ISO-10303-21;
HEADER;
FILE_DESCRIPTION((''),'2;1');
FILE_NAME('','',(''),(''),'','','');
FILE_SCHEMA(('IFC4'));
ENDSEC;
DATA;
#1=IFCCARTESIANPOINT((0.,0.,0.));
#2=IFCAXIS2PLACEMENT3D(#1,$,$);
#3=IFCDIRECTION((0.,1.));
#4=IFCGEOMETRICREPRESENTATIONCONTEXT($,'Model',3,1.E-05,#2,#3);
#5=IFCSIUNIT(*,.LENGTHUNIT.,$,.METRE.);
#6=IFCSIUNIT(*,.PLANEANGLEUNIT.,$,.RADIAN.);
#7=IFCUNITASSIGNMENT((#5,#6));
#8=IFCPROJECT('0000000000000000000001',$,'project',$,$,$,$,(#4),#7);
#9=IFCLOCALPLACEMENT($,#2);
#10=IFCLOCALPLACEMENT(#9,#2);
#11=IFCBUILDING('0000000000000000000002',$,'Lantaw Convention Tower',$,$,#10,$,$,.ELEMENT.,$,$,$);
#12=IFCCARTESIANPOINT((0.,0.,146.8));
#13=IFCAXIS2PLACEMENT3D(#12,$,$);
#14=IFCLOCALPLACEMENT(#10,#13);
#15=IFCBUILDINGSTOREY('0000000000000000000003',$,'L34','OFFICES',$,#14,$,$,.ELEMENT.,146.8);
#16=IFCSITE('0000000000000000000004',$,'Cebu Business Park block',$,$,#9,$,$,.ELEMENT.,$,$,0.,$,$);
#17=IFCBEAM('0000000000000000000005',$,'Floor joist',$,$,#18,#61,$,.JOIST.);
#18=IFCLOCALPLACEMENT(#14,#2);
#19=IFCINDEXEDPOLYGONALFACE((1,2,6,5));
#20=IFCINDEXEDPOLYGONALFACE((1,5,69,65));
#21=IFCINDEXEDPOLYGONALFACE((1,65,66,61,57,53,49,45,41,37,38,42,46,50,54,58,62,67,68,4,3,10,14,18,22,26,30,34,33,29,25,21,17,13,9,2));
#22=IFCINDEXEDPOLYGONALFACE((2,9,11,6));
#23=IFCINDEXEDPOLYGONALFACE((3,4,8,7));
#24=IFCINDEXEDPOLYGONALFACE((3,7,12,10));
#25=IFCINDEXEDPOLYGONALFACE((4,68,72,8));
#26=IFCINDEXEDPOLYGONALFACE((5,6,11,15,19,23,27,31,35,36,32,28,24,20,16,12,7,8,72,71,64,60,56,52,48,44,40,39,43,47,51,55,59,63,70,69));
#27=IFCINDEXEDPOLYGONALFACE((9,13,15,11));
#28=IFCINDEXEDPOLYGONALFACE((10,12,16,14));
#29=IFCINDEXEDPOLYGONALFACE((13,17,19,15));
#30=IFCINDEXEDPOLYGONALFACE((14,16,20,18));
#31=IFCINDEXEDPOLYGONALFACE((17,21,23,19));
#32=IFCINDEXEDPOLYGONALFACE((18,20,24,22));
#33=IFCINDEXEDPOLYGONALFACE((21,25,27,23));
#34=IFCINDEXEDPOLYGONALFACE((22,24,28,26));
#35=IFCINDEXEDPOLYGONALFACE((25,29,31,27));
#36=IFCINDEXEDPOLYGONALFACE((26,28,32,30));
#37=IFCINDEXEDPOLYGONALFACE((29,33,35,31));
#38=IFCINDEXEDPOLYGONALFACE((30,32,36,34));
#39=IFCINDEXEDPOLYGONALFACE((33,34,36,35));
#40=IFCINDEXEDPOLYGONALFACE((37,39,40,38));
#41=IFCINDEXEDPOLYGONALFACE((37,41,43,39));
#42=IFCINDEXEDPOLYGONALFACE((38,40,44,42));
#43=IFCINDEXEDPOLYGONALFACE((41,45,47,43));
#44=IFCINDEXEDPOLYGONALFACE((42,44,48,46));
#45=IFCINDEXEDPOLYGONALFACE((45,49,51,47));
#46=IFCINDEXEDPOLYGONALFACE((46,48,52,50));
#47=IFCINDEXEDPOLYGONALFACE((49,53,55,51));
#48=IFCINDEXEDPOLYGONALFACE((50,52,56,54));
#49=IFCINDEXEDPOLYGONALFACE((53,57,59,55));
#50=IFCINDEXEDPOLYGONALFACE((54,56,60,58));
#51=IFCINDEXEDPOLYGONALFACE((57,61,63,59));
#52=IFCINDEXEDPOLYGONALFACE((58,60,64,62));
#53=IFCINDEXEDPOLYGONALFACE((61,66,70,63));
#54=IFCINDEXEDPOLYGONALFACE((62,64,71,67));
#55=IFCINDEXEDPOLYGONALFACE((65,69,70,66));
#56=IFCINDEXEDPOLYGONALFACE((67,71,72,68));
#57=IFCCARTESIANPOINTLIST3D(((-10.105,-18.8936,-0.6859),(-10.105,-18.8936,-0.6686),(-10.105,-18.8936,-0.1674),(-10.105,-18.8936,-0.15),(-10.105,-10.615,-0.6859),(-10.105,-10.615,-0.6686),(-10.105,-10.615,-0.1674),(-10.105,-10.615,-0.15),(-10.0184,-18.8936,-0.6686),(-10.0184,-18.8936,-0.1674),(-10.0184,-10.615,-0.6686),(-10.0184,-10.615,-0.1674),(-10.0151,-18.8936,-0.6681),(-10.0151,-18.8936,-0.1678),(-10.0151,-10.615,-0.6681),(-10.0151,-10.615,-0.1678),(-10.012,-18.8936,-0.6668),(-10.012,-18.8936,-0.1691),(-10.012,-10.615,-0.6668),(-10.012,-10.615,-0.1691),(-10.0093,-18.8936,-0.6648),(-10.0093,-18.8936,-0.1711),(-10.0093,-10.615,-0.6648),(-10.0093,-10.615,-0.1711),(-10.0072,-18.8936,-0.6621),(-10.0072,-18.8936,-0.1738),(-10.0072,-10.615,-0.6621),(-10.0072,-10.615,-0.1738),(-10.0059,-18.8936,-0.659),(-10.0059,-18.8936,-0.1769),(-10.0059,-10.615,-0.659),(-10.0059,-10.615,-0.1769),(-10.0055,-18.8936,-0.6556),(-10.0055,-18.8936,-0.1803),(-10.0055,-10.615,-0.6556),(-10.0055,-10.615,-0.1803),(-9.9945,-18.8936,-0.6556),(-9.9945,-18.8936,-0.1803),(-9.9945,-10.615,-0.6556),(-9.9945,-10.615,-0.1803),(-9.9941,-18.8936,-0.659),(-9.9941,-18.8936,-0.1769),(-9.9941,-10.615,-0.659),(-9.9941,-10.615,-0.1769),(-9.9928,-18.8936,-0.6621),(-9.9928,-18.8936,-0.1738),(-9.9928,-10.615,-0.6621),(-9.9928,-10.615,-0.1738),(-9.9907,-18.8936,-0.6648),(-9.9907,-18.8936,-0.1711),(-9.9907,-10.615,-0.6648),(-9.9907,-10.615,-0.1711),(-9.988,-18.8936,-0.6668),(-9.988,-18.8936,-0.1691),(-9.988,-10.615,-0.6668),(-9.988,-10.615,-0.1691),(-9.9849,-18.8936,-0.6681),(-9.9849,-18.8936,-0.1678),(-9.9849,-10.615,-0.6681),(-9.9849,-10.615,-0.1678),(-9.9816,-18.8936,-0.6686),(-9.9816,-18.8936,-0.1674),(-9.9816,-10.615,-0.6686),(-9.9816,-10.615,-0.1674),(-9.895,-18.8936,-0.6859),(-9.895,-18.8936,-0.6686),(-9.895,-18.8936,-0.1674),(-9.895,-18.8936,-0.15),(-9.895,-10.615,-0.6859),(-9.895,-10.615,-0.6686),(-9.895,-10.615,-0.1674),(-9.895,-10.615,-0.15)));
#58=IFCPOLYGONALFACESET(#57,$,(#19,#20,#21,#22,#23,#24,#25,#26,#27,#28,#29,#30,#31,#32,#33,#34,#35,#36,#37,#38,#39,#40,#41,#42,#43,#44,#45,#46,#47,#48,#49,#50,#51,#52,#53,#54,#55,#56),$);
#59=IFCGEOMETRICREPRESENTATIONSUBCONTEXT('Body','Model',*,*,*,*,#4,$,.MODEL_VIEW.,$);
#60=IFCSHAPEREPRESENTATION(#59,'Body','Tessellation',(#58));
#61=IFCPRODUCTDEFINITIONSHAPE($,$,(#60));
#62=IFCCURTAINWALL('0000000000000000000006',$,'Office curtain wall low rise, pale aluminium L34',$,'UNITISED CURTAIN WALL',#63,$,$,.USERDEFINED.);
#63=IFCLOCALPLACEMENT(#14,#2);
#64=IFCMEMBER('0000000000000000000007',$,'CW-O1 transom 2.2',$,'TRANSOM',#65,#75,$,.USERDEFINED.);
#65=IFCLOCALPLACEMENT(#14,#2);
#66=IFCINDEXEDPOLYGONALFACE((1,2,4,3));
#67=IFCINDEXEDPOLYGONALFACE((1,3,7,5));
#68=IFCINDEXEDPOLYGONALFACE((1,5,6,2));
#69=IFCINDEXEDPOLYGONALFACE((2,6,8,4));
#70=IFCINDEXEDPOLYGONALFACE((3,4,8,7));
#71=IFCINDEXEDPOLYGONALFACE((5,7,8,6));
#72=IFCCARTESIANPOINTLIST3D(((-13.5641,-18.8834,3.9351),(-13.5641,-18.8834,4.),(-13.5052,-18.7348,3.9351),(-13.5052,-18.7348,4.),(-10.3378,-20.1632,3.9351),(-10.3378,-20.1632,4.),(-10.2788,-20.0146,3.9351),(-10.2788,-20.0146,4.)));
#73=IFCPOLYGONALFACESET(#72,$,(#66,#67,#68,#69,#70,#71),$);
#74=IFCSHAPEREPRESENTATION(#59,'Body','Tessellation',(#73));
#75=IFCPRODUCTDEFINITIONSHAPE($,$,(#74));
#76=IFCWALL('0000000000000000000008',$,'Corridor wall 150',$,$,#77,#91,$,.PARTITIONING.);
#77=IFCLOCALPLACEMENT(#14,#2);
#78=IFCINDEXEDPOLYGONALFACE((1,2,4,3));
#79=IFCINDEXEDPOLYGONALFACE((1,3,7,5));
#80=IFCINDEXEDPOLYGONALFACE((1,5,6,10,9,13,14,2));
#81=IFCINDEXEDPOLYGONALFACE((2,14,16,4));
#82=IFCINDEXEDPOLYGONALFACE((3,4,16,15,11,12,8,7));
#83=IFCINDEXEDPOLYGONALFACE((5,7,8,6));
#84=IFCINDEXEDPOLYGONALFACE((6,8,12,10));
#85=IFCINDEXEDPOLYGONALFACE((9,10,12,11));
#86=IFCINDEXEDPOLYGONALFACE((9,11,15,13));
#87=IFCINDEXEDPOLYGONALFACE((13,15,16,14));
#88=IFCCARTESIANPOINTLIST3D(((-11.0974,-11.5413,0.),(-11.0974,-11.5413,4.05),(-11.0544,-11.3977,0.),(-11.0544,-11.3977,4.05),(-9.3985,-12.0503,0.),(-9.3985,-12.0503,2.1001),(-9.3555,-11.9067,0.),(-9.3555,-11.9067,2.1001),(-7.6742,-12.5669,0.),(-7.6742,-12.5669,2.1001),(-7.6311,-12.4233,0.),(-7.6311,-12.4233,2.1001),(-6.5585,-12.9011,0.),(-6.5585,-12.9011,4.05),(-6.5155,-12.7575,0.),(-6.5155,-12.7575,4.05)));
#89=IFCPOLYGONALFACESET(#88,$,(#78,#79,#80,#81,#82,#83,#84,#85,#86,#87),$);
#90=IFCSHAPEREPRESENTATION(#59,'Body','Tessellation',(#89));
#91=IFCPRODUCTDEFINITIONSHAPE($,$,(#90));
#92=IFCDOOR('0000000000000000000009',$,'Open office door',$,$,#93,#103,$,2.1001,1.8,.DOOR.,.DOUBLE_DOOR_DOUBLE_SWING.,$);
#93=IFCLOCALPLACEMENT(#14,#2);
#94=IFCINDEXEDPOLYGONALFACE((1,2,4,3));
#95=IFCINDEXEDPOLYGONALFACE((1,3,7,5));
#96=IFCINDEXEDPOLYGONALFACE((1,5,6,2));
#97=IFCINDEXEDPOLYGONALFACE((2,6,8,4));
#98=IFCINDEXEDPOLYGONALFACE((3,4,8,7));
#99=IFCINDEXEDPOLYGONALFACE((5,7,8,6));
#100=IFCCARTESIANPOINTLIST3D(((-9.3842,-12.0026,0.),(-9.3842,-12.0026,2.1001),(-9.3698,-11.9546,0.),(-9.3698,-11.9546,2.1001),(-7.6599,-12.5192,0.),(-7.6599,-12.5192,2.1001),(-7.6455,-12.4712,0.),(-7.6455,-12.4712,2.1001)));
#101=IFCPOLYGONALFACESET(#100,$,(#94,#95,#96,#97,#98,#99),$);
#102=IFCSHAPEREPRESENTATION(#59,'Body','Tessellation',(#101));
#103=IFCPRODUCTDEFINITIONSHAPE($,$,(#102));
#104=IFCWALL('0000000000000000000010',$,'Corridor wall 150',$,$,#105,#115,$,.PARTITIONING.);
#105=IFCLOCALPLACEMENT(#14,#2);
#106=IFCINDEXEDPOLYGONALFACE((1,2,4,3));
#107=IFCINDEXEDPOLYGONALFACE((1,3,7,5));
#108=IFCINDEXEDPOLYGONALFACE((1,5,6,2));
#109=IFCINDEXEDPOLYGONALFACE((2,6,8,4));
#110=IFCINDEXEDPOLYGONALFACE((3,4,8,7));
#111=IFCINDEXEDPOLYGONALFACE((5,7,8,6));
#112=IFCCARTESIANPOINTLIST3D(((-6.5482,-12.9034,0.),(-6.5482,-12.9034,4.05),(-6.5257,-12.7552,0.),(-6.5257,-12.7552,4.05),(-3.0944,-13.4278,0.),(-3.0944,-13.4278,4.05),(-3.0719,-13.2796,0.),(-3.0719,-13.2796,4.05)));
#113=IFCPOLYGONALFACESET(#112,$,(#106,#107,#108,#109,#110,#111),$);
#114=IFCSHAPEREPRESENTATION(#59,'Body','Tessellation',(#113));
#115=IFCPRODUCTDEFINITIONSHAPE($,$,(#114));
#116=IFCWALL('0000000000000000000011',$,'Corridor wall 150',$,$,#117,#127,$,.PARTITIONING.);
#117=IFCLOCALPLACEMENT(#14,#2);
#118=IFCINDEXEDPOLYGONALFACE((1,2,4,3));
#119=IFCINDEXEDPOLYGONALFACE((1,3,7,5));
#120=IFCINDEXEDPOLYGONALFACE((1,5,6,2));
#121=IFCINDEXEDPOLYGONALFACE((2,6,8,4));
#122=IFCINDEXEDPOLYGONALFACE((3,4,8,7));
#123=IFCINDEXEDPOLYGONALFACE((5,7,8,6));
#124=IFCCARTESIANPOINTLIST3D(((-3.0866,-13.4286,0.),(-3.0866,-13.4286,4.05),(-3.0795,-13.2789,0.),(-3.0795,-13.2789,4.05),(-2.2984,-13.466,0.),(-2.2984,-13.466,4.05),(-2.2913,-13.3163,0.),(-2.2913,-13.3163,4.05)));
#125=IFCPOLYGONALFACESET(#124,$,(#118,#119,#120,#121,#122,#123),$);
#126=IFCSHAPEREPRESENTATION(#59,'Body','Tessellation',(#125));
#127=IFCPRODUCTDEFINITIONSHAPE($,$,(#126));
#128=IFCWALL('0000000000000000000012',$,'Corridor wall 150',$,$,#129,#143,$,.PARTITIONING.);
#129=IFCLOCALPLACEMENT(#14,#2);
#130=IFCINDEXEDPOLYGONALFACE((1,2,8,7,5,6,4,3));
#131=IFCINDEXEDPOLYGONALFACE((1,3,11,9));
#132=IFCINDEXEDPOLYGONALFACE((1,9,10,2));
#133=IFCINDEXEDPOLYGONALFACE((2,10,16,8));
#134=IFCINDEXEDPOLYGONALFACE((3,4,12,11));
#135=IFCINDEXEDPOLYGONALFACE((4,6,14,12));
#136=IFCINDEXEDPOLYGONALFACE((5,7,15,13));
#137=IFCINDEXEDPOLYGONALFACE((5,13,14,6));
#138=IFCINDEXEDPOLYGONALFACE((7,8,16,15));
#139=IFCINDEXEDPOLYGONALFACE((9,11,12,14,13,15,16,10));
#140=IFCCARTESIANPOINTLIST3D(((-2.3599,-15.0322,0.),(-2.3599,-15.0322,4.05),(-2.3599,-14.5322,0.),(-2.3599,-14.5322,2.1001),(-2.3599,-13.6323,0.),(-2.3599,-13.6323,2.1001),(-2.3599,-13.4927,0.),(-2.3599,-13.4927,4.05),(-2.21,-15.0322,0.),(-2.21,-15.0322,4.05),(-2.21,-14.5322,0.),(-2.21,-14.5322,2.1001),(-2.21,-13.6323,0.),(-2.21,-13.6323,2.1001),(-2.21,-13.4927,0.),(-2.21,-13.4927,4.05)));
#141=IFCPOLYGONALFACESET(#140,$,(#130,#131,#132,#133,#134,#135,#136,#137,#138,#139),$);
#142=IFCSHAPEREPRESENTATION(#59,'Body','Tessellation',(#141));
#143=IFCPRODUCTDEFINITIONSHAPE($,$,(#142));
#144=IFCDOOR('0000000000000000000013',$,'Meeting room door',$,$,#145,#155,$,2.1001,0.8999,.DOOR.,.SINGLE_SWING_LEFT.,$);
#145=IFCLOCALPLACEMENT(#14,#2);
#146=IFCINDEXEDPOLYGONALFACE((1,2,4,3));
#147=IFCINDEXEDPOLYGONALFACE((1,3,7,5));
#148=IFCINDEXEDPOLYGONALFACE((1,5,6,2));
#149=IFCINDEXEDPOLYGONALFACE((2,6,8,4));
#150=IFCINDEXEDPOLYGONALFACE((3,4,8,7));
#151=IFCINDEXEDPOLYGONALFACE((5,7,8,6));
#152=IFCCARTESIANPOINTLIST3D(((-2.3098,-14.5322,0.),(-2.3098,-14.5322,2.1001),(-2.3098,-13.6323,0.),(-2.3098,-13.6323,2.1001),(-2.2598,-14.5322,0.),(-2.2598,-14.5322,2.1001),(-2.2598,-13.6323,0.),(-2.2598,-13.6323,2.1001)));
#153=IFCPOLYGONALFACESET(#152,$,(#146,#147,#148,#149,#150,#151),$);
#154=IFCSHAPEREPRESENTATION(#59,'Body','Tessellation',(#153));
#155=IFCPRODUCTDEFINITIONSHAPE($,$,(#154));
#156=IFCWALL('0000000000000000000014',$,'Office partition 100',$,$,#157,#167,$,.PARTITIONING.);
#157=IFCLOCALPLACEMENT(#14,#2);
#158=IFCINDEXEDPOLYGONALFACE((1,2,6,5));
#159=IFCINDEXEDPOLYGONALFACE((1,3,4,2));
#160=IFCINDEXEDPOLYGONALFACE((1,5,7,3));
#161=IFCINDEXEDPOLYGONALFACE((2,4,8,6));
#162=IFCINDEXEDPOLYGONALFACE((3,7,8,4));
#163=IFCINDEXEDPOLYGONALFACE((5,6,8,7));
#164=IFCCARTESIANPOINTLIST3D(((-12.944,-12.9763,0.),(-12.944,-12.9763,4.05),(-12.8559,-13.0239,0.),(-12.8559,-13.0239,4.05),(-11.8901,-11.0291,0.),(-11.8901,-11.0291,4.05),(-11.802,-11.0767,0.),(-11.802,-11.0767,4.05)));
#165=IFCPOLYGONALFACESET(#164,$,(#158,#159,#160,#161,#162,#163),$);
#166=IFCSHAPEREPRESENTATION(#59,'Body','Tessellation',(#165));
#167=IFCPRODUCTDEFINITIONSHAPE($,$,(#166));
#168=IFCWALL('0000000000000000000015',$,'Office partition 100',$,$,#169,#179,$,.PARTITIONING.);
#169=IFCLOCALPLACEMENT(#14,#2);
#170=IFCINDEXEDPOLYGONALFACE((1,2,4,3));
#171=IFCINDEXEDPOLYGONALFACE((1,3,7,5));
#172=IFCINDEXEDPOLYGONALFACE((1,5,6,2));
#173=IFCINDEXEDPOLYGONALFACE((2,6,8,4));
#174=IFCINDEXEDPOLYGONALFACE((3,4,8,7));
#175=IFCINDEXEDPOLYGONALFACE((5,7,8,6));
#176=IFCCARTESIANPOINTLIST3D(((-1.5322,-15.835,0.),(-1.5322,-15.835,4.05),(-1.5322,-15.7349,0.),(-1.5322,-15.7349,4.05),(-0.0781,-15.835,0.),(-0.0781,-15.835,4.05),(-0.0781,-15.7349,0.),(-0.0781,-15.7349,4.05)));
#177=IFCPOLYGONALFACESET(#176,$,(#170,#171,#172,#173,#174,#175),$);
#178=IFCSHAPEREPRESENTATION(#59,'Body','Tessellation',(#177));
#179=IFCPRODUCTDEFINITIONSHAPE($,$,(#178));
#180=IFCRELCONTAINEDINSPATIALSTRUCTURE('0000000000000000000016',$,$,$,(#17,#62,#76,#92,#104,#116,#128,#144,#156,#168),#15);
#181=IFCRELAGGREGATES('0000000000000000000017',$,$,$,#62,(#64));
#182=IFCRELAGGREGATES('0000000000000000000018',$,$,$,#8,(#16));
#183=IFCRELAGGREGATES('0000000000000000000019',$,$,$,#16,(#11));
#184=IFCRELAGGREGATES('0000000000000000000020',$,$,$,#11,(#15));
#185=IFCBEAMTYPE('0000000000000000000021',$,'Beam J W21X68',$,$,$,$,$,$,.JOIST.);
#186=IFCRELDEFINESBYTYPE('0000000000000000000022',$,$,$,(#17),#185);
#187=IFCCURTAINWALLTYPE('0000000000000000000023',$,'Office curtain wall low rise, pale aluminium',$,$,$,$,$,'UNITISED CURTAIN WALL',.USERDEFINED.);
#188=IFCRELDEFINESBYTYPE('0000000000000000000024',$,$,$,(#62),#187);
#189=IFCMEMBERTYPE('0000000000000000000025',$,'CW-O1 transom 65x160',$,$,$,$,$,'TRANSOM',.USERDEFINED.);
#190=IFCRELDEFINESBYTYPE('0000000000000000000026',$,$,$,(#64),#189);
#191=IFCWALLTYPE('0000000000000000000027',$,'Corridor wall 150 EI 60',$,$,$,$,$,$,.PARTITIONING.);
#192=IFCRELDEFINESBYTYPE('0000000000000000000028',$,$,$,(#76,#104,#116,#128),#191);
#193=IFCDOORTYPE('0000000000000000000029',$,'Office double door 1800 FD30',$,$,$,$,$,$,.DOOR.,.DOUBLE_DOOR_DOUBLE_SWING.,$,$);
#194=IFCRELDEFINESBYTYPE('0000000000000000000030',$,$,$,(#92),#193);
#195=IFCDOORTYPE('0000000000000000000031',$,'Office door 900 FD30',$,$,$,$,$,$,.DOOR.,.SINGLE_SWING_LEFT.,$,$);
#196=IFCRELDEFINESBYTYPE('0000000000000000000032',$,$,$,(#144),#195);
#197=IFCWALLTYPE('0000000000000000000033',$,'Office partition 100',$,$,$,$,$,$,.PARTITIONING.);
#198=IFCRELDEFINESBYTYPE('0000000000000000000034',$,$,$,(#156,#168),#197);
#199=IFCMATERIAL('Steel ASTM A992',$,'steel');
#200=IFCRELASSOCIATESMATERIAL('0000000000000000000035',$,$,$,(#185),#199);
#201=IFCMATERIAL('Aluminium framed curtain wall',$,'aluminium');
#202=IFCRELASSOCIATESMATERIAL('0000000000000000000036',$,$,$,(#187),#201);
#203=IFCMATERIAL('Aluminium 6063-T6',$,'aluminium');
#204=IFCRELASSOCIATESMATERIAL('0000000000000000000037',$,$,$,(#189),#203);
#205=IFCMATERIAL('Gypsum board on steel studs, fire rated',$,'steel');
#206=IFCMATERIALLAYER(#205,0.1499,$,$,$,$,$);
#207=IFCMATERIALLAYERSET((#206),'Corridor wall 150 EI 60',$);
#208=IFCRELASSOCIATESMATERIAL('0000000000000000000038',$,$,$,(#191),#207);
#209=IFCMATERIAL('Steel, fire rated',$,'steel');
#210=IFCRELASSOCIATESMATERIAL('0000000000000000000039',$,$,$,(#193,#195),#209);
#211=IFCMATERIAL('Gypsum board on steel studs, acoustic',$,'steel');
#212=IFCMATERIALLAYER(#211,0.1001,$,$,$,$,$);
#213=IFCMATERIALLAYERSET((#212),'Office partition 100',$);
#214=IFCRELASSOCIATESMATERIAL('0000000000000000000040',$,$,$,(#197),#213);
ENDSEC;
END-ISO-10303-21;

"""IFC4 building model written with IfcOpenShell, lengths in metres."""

from ifc_helpers import new_model, si_unit, direction, frame, frame_2d, origin, origin_2d, place, context, subcontext, project, spatial, rectangle, i_section, extrude, material, layer, layer_set, material_profile, profile_set, type_object, element, fill, aggregate, save


model = new_model("IFC4")

# Units and contexts
model_context = context("Model", 3, precision=1e-05, world=origin(), true_north=direction((0.0, 1.0)))
body_context = subcontext(model_context, "Body", "Model", "MODEL_VIEW")
ifc_project = project(units=[si_unit("LENGTHUNIT", "METRE"), si_unit("PLANEANGLEUNIT", "RADIAN")], contexts=[model_context])

# Site, building, storey
site_placement = place(None, origin())
site = spatial("IfcSite", under=ifc_project, at=site_placement, Name="Cebu Business Park block", CompositionType="ELEMENT", RefElevation=0.0)
building_placement = place(site_placement, origin())
building = spatial("IfcBuilding", under=site, at=building_placement, Name="Lantaw Convention Tower", CompositionType="ELEMENT")
storey_placement = place(building_placement, frame((0.0, 0.0, 146.8)))
storey = spatial("IfcBuildingStorey", under=building, at=storey_placement, Name="L34", Description="OFFICES", CompositionType="ELEMENT", Elevation=146.8)

# Beam
ifc_material_1 = material(Name="Steel ASTM A992", Category="steel")
ifc_material_profile_1 = material_profile(ifc_material_1, i_section(OverallWidth=0.21, OverallDepth=0.5359, WebThickness=0.011, FlangeThickness=0.0173, FilletRadius=0.0129, at=origin_2d()), Name="W21X68")
ifc_profile_set_1 = profile_set([ifc_material_profile_1], Name="Steel ASTM A992")
beam_type_1 = type_object("IfcBeamType", Name="Beam J W21X68", PredefinedType="JOIST", material=ifc_profile_set_1)
beam_1_placement = place(storey_placement, frame((-10.0, -18.8936, -0.418), z_axis=(0.0, 1.0, 0.0), x_axis=(-1.0, 0.0, 0.0)))
element("IfcBeam", 1, at=beam_1_placement, inside=storey, type_object=beam_type_1, Name="Floor joist", PredefinedType="JOIST", context=body_context, shape_type="SweptSolid", body=[
    extrude(i_section(OverallWidth=0.21, OverallDepth=0.5359, WebThickness=0.011, FlangeThickness=0.0173, FilletRadius=0.0129, at=origin_2d()), origin(), (0.0, 0.0, 1.0), 8.2786),
])

# Curtain wall, member
ifc_material_2 = material(Name="Aluminium framed curtain wall", Category="aluminium")
curtain_wall_type = type_object("IfcCurtainWallType", Name="Office curtain wall low rise, pale aluminium", ElementType="UNITISED CURTAIN WALL", PredefinedType="USERDEFINED", material=ifc_material_2)
curtain_wall_placement = place(storey_placement, origin())
curtain_wall = element("IfcCurtainWall", 2, at=curtain_wall_placement, inside=storey, type_object=curtain_wall_type, Name="Office curtain wall low rise, pale aluminium L34", ObjectType="UNITISED CURTAIN WALL", PredefinedType="USERDEFINED")
ifc_material_3 = material(Name="Aluminium 6063-T6", Category="aluminium")
ifc_material_profile_2 = material_profile(ifc_material_3, rectangle(XDim=0.1599, YDim=0.0649, at=origin_2d()), Name="CW-O1 transom 65x160")
ifc_profile_set_2 = profile_set([ifc_material_profile_2], Name="Aluminium 6063-T6")
member_type = type_object("IfcMemberType", Name="CW-O1 transom 65x160", ElementType="TRANSOM", PredefinedType="USERDEFINED", material=ifc_profile_set_2)
member_placement = place(storey_placement, frame((-13.5347, -18.8091, 3.9675), z_axis=(0.92954, -0.368721, 0.0), x_axis=(0.368721, 0.92954, 0.0)))
member = element("IfcMember", 3, at=member_placement, type_object=member_type, Name="CW-O1 transom 2.2", ObjectType="TRANSOM", PredefinedType="USERDEFINED", context=body_context, shape_type="SweptSolid", body=[
    extrude(rectangle(XDim=0.1599, YDim=0.0649, at=origin_2d()), origin(), (0.0, 0.0, 1.0), 3.4709),
])
aggregate(curtain_wall, [member])

# Wall, opening, door
ifc_material_4 = material(Name="Gypsum board on steel studs, fire rated", Category="steel")
ifc_layer_1 = layer(ifc_material_4, 0.1499)
ifc_layer_set_1 = layer_set([ifc_layer_1], Name="Corridor wall 150 EI 60")
wall_type_1 = type_object("IfcWallType", Name="Corridor wall 150 EI 60", PredefinedType="PARTITIONING", material=ifc_layer_set_1)
wall_1_placement = place(storey_placement, frame((-11.0759, -11.4695, 0.0), z_axis=(0.0, 0.0, 1.0), x_axis=(0.957934, -0.286989, 0.0)))
wall_1 = element("IfcWall", 4, at=wall_1_placement, inside=storey, type_object=wall_type_1, Name="Corridor wall 150", PredefinedType="PARTITIONING", context=body_context, shape_type="SweptSolid", body=[
    extrude(rectangle(XDim=4.7383, YDim=0.1499, at=frame_2d((2.3691, 0.0))), origin(), (0.0, 0.0, 1.0), 4.05),
])
opening_1_placement = place(wall_1_placement, frame((1.7737, 0.0, 0.0)))
opening_1 = element("IfcOpeningElement", 5, at=opening_1_placement, cuts=wall_1, PredefinedType="OPENING", context=body_context, shape_type="SweptSolid", body=[
    extrude(rectangle(XDim=1.8, YDim=2.1001, at=frame_2d((0.8999, 1.05))), frame((0.0, 0.085, 0.0), z_axis=(0.0, -1.0, 0.0), x_axis=(1.0, 0.0, 0.0)), (0.0, 0.0, 1.0), 0.1699),
])
ifc_material_5 = material(Name="Steel, fire rated", Category="steel")
door_type_1 = type_object("IfcDoorType", Name="Office double door 1800 FD30", OperationType="DOUBLE_DOOR_DOUBLE_SWING", PredefinedType="DOOR", material=ifc_material_5)
door_1_placement = place(opening_1_placement, origin())
door_1 = element("IfcDoor", 6, at=door_1_placement, inside=storey, type_object=door_type_1, Name="Open office door", OperationType="DOUBLE_DOOR_DOUBLE_SWING", OverallHeight=2.1001, OverallWidth=1.8, PredefinedType="DOOR", context=body_context, shape_type="SweptSolid", body=[
    extrude(rectangle(XDim=1.8, YDim=2.1001, at=frame_2d((0.8999, 1.05))), frame((0.0, 0.0249, 0.0), z_axis=(0.0, -1.0, 0.0), x_axis=(1.0, 0.0, 0.0)), (0.0, 0.0, 1.0), 0.05),
])
fill(opening_1, door_1)

# Walls
wall_2_placement = place(storey_placement, frame((-6.5369, -12.8293, 0.0), z_axis=(0.0, 0.0, 1.0), x_axis=(0.988669, -0.150114, 0.0)))
element("IfcWall", 7, at=wall_2_placement, inside=storey, type_object=wall_type_1, Name="Corridor wall 150", PredefinedType="PARTITIONING", context=body_context, shape_type="SweptSolid", body=[
    extrude(rectangle(XDim=3.4934, YDim=0.1499, at=frame_2d((1.7466, 0.0))), origin(), (0.0, 0.0, 1.0), 4.05),
])
wall_3_placement = place(storey_placement, frame((-3.083, -13.3538, 0.0), z_axis=(0.0, 0.0, 1.0), x_axis=(0.998879, -0.047345, 0.0)))
element("IfcWall", 8, at=wall_3_placement, inside=storey, type_object=wall_type_1, Name="Corridor wall 150", PredefinedType="PARTITIONING", context=body_context, shape_type="SweptSolid", body=[
    extrude(rectangle(XDim=0.7891, YDim=0.1499, at=frame_2d((0.3945, 0.0))), origin(), (0.0, 0.0, 1.0), 4.05),
])

# Wall, opening, door
wall_4_placement = place(storey_placement, frame((-2.2849, -15.0322, 0.0), z_axis=(0.0, 0.0, 1.0), x_axis=(0.0, 1.0, 0.0)))
wall_4 = element("IfcWall", 9, at=wall_4_placement, inside=storey, type_object=wall_type_1, Name="Corridor wall 150", PredefinedType="PARTITIONING", context=body_context, shape_type="SweptSolid", body=[
    extrude(rectangle(XDim=1.5396, YDim=0.1499, at=frame_2d((0.7698, 0.0))), origin(), (0.0, 0.0, 1.0), 4.05),
])
opening_2_placement = place(wall_4_placement, frame((0.5, 0.0, 0.0)))
opening_2 = element("IfcOpeningElement", 10, at=opening_2_placement, cuts=wall_4, PredefinedType="OPENING", context=body_context, shape_type="SweptSolid", body=[
    extrude(rectangle(XDim=0.8999, YDim=2.1001, at=frame_2d((0.45, 1.05))), frame((0.0, 0.085, 0.0), z_axis=(0.0, -1.0, 0.0), x_axis=(1.0, 0.0, 0.0)), (0.0, 0.0, 1.0), 0.1699),
])
door_type_2 = type_object("IfcDoorType", Name="Office door 900 FD30", OperationType="SINGLE_SWING_LEFT", PredefinedType="DOOR", material=ifc_material_5)
door_2_placement = place(opening_2_placement, origin())
door_2 = element("IfcDoor", 11, at=door_2_placement, inside=storey, type_object=door_type_2, Name="Meeting room door", OperationType="SINGLE_SWING_LEFT", OverallHeight=2.1001, OverallWidth=0.8999, PredefinedType="DOOR", context=body_context, shape_type="SweptSolid", body=[
    extrude(rectangle(XDim=0.8999, YDim=2.1001, at=frame_2d((0.45, 1.05))), frame((0.0, 0.0249, 0.0), z_axis=(0.0, -1.0, 0.0), x_axis=(1.0, 0.0, 0.0)), (0.0, 0.0, 1.0), 0.05),
])
fill(opening_2, door_2)

# Walls
ifc_material_6 = material(Name="Gypsum board on steel studs, acoustic", Category="steel")
ifc_layer_2 = layer(ifc_material_6, 0.1001)
ifc_layer_set_2 = layer_set([ifc_layer_2], Name="Office partition 100")
wall_type_2 = type_object("IfcWallType", Name="Office partition 100", PredefinedType="PARTITIONING", material=ifc_layer_set_2)
wall_5_placement = place(storey_placement, frame((-12.8999, -13.0, 0.0), z_axis=(0.0, 0.0, 1.0), x_axis=(0.475999, 0.879446, 0.0)))
element("IfcWall", 12, at=wall_5_placement, inside=storey, type_object=wall_type_2, Name="Office partition 100", PredefinedType="PARTITIONING", context=body_context, shape_type="SweptSolid", body=[
    extrude(rectangle(XDim=2.2141, YDim=0.1001, at=frame_2d((1.1069, 0.0))), origin(), (0.0, 0.0, 1.0), 4.05),
])
wall_6_placement = place(storey_placement, frame((-0.0781, -15.7849, 0.0), z_axis=(0.0, 0.0, 1.0), x_axis=(-1.0, 0.0, 0.0)))
element("IfcWall", 13, at=wall_6_placement, inside=storey, type_object=wall_type_2, Name="Office partition 100", PredefinedType="PARTITIONING", context=body_context, shape_type="SweptSolid", body=[
    extrude(rectangle(XDim=1.4541, YDim=0.1001, at=frame_2d((0.7271, 0.0))), origin(), (0.0, 0.0, 1.0), 4.05),
])

save(model, "model.ifc")
